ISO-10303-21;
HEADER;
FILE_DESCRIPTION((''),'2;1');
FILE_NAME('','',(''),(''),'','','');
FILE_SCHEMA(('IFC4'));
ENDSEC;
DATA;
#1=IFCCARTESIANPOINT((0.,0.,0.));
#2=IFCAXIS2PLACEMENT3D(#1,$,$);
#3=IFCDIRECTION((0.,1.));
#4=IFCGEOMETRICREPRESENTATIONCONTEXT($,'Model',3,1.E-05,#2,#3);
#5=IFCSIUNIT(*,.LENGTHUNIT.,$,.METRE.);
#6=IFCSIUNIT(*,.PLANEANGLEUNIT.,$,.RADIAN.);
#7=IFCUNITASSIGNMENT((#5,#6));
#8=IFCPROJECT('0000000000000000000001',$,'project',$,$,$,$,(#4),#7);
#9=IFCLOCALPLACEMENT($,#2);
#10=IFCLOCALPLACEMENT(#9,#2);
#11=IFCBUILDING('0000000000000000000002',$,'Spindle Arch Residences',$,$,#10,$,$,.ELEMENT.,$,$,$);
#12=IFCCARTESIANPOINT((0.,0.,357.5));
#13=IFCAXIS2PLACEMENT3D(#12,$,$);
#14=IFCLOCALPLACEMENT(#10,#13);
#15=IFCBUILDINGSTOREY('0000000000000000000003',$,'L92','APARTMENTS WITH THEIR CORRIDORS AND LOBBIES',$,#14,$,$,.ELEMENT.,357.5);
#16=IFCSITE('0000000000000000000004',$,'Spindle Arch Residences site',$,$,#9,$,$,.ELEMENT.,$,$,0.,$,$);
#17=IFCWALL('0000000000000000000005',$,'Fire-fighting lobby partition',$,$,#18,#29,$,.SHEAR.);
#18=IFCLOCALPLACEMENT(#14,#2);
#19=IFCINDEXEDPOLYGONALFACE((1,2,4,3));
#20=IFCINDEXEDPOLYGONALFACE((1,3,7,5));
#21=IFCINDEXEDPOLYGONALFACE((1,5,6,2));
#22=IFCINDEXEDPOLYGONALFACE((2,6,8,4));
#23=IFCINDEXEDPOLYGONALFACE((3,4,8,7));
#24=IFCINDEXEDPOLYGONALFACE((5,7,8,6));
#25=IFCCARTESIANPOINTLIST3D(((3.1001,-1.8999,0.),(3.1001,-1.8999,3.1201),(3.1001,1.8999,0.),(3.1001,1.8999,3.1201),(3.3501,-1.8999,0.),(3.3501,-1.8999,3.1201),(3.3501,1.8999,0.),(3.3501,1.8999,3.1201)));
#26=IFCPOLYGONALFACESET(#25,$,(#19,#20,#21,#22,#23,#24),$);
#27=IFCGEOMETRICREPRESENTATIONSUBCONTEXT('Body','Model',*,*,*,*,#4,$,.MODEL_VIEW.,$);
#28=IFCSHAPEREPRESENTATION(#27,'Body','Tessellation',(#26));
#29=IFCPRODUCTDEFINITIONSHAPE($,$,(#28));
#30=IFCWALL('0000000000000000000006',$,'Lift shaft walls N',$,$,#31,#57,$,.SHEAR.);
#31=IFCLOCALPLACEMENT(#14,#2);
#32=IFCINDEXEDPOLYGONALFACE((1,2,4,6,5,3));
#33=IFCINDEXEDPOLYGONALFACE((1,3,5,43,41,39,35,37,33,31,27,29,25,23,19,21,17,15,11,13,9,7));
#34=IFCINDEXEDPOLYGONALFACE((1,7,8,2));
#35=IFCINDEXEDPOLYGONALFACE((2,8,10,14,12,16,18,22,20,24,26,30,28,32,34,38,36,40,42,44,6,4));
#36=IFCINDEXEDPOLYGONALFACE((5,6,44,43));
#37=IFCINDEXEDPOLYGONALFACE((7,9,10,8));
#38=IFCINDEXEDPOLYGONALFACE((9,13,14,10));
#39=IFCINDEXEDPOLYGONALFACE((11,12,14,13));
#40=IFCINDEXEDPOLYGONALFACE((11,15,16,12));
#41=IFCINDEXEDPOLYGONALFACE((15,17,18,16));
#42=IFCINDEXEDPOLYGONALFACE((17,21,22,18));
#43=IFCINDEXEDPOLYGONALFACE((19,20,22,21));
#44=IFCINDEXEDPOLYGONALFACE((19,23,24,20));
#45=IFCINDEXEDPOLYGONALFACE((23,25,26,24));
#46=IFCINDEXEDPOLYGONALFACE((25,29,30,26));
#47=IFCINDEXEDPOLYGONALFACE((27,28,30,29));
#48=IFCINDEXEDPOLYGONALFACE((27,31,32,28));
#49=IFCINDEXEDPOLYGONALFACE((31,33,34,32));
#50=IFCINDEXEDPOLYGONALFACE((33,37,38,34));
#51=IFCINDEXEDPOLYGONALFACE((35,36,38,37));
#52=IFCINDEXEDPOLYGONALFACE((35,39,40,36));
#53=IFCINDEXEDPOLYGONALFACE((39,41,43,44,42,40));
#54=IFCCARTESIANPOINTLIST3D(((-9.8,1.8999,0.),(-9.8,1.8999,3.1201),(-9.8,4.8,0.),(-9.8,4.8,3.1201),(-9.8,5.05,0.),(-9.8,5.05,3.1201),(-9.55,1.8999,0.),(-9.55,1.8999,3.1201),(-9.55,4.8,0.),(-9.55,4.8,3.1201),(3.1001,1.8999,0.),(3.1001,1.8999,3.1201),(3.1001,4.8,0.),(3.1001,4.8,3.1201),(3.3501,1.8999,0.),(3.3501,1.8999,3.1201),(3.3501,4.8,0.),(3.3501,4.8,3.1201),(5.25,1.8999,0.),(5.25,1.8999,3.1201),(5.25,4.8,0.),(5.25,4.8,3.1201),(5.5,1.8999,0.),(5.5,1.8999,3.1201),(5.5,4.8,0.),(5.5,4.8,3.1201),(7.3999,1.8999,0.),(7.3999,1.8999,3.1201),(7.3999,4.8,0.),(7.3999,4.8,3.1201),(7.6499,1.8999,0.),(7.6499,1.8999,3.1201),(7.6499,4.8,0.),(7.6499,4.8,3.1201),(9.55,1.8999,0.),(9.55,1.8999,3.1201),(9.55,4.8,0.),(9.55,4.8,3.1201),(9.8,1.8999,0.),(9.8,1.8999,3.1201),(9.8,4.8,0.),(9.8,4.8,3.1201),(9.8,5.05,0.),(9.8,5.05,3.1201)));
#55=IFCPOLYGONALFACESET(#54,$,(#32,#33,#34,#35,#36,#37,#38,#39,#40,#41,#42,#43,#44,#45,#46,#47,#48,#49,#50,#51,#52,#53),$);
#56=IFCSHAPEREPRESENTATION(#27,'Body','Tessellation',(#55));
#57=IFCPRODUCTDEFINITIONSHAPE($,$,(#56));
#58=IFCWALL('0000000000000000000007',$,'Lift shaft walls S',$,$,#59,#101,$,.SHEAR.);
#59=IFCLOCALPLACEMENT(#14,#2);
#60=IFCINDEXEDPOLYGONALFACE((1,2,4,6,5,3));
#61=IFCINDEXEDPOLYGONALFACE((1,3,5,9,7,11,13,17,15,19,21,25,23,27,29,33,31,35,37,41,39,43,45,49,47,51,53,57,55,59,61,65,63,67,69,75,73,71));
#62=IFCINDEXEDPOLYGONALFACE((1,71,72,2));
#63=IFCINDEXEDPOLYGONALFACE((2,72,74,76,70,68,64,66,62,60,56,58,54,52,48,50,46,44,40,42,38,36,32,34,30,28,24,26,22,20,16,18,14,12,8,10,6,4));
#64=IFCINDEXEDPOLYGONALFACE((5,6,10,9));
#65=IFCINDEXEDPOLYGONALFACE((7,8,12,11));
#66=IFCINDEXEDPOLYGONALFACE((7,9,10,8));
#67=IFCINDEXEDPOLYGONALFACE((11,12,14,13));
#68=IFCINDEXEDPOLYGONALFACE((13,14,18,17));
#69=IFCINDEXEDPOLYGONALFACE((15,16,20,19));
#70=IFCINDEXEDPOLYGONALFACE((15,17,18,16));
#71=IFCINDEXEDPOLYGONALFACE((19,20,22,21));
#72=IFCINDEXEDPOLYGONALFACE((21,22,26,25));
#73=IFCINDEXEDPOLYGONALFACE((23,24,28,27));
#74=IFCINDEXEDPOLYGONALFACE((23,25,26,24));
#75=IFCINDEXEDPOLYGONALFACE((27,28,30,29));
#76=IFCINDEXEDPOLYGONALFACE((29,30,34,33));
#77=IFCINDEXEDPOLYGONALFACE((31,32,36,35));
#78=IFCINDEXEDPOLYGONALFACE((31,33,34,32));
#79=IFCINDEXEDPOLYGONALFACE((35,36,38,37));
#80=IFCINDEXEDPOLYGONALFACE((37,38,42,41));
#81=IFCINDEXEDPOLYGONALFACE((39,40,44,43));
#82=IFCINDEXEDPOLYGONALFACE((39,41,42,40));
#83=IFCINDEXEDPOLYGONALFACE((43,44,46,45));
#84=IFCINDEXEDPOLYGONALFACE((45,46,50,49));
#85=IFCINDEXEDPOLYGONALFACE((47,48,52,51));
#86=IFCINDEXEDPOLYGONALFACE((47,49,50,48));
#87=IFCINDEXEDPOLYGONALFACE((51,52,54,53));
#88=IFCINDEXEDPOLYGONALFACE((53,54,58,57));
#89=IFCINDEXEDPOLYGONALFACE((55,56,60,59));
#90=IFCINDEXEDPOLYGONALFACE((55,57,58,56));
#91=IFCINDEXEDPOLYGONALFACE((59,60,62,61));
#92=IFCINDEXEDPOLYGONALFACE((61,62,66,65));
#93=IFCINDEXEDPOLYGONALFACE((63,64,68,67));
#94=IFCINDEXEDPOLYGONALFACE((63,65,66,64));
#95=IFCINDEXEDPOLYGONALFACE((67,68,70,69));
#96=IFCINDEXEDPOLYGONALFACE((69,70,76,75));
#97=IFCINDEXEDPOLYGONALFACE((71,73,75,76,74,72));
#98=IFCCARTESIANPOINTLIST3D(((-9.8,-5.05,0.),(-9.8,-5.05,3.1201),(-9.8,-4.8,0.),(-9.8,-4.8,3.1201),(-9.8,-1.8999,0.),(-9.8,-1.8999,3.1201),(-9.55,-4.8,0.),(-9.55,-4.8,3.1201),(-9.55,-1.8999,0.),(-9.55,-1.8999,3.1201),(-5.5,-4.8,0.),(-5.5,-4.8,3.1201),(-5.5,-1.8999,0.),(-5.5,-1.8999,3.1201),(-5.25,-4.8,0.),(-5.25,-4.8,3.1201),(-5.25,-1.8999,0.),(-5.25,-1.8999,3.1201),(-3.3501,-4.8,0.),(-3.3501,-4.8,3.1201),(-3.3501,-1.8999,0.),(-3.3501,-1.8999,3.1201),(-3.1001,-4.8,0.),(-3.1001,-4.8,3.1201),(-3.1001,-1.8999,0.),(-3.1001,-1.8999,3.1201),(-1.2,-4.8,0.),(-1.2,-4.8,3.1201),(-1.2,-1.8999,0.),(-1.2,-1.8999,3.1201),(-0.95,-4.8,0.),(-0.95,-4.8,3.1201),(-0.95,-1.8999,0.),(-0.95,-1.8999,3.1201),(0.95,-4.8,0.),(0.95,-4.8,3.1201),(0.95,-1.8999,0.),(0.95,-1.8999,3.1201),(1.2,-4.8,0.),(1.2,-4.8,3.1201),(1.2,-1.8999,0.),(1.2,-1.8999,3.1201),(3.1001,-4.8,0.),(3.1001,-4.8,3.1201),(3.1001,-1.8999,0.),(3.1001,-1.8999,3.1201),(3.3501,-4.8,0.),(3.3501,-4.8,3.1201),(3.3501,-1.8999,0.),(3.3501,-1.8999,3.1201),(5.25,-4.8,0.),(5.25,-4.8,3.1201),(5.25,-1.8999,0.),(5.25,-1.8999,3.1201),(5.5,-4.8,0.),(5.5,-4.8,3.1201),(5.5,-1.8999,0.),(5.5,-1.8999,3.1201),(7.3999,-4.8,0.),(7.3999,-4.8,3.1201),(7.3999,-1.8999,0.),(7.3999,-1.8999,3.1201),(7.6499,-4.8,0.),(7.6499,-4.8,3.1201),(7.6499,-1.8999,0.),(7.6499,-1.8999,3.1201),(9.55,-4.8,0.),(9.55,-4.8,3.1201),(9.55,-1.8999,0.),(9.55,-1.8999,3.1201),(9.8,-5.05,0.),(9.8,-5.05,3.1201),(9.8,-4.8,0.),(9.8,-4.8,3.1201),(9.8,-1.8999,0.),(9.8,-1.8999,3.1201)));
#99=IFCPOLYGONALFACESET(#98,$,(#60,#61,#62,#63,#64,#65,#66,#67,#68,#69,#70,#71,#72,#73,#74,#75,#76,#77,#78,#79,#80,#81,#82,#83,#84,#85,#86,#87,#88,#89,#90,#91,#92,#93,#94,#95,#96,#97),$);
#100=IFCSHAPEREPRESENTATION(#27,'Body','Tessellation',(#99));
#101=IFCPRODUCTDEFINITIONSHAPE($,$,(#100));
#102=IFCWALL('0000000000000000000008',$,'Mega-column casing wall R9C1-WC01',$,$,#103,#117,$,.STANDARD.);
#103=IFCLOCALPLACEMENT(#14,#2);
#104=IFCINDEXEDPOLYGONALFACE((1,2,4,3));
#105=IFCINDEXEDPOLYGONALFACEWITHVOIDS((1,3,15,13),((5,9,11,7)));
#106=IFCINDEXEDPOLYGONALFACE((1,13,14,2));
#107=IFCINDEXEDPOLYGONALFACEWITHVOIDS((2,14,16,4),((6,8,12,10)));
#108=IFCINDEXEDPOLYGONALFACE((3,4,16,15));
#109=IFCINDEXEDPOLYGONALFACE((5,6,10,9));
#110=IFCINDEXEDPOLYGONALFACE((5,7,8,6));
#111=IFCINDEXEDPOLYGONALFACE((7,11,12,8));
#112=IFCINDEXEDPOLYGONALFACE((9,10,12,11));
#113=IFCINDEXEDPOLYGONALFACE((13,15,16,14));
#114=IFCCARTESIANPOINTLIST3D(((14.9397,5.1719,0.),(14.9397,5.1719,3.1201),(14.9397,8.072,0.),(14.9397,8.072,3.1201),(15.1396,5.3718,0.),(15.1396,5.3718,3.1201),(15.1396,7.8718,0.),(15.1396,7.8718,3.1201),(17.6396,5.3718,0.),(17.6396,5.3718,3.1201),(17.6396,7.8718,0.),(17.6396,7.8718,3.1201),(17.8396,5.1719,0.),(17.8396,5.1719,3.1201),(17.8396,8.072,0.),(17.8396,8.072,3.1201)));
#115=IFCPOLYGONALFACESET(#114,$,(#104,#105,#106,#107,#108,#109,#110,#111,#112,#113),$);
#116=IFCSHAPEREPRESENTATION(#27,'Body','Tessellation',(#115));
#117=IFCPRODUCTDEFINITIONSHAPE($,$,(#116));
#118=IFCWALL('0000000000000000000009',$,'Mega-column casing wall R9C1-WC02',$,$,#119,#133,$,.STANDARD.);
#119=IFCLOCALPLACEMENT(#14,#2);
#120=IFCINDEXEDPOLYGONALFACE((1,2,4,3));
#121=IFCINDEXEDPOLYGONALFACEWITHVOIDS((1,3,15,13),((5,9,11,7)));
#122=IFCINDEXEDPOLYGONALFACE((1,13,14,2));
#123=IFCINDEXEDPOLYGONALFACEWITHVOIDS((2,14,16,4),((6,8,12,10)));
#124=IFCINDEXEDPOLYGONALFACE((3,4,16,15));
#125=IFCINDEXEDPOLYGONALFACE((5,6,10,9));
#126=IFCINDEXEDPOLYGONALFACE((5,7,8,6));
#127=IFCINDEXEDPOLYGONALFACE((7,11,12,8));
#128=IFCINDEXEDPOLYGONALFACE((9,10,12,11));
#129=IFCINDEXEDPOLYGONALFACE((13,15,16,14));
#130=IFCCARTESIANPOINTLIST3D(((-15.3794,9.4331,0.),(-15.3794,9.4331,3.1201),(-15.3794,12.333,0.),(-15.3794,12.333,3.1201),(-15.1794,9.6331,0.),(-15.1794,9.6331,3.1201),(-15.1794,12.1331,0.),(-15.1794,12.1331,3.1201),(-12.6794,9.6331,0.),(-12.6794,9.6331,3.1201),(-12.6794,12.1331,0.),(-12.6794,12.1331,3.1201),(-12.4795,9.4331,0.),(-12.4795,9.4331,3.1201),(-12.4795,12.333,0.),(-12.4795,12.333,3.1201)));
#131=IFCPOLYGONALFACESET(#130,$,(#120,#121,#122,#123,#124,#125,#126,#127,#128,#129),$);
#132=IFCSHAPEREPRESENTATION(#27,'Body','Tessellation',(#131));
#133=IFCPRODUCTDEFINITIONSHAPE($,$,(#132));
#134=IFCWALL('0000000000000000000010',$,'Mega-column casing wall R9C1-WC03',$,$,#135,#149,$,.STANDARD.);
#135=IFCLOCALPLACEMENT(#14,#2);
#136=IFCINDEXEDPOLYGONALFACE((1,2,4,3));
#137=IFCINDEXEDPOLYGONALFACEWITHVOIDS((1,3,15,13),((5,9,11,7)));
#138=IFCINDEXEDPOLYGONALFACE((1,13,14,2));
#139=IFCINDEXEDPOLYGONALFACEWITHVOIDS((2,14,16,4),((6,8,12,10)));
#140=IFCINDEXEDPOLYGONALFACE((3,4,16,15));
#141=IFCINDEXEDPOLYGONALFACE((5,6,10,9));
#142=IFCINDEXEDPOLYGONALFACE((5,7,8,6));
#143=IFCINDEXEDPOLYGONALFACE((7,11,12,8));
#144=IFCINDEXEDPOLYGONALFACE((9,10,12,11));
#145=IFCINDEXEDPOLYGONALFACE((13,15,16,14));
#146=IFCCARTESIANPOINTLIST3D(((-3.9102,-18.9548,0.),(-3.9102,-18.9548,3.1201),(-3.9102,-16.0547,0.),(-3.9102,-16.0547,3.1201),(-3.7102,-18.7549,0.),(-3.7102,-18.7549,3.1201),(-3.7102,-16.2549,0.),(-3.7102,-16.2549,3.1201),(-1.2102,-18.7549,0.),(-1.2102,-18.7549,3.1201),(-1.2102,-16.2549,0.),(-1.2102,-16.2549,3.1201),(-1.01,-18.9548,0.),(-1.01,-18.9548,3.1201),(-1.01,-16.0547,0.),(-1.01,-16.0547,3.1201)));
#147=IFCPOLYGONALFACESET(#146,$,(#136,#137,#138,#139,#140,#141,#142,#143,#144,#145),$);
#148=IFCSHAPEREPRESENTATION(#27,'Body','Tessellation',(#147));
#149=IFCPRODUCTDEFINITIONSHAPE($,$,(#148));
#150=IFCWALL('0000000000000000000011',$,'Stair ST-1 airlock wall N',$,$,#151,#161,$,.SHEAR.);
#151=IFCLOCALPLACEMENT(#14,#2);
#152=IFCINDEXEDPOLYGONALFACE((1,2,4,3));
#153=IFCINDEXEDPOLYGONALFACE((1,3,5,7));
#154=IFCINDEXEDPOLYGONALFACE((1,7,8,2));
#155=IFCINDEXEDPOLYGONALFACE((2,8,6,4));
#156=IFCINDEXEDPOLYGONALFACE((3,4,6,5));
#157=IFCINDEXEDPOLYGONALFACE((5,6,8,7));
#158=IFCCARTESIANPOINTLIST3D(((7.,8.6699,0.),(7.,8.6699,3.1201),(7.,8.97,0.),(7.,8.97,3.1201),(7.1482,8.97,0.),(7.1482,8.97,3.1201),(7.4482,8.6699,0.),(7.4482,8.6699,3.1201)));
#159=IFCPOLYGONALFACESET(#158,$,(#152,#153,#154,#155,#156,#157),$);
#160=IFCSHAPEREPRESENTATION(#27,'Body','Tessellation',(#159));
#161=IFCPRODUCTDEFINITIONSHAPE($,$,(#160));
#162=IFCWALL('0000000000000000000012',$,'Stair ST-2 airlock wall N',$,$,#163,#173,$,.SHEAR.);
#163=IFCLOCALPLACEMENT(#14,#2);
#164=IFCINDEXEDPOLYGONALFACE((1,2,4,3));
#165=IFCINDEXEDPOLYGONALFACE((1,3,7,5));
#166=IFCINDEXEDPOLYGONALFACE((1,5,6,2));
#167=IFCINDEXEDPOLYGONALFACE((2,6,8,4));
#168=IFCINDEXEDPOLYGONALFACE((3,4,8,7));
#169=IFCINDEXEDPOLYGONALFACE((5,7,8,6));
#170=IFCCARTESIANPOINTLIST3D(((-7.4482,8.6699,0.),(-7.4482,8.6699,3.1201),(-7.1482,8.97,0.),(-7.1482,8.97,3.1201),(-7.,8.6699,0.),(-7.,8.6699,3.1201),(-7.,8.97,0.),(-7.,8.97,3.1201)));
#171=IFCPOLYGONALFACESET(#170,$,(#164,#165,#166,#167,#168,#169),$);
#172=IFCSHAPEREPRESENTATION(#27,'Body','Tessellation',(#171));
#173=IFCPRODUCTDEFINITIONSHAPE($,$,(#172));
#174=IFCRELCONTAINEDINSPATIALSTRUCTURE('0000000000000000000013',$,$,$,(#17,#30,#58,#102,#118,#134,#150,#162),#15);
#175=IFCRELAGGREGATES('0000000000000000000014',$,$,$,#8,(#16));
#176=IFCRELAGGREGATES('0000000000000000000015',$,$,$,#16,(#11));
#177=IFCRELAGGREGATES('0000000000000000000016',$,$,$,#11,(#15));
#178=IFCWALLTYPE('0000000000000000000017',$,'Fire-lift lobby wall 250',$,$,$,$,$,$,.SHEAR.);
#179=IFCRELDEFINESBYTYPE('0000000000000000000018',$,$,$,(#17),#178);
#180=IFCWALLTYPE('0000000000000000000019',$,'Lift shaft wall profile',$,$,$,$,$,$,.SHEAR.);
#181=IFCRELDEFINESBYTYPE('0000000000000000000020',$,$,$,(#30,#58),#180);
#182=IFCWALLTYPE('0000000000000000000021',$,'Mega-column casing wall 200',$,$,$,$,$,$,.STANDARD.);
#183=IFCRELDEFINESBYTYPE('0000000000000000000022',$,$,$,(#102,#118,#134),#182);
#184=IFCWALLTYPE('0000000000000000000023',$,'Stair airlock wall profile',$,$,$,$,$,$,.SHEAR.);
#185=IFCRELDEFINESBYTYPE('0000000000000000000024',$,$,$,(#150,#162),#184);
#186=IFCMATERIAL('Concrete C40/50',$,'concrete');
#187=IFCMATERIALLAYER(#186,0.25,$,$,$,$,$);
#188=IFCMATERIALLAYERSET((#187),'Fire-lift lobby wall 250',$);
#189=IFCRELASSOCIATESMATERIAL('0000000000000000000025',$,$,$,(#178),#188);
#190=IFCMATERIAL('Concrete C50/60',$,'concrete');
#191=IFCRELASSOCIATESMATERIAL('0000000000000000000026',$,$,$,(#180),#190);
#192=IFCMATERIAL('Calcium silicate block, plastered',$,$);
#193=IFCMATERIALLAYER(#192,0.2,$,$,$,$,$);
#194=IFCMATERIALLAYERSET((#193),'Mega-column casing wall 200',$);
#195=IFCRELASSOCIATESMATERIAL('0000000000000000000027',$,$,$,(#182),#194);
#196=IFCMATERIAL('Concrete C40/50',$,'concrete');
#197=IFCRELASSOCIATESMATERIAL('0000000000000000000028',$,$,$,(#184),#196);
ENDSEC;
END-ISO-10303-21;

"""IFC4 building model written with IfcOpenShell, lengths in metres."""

from ifc_helpers import new_model, si_unit, direction, frame, frame_2d, origin, place, context, subcontext, project, spatial, polyline, rectangle, outline, extrude, material, layer, layer_set, type_object, element, save


model = new_model("IFC4")

# Units and contexts
model_context = context("Model", 3, precision=1e-05, world=origin(), true_north=direction((0.0, 1.0)))
body_context = subcontext(model_context, "Body", "Model", "MODEL_VIEW")
ifc_project = project(units=[si_unit("LENGTHUNIT", "METRE"), si_unit("PLANEANGLEUNIT", "RADIAN")], contexts=[model_context])

# Site, building, storey
site_placement = place(None, origin())
site = spatial("IfcSite", under=ifc_project, at=site_placement, Name="Spindle Arch Residences site", CompositionType="ELEMENT", RefElevation=0.0)
building_placement = place(site_placement, origin())
building = spatial("IfcBuilding", under=site, at=building_placement, Name="Spindle Arch Residences", CompositionType="ELEMENT")
storey_placement = place(building_placement, frame((0.0, 0.0, 357.5)))
storey = spatial("IfcBuildingStorey", under=building, at=storey_placement, Name="L92", Description="APARTMENTS WITH THEIR CORRIDORS AND LOBBIES", CompositionType="ELEMENT", Elevation=357.5)

# Wall
ifc_material_1 = material(Name="Concrete C40/50", Category="concrete")
ifc_layer_1 = layer(ifc_material_1, 0.25)
ifc_layer_set_1 = layer_set([ifc_layer_1], Name="Fire-lift lobby wall 250")
wall_type_1 = type_object("IfcWallType", Name="Fire-lift lobby wall 250", PredefinedType="SHEAR", material=ifc_layer_set_1)
wall_1_placement = place(storey_placement, frame((3.2251, -1.8999, 0.0), z_axis=(0.0, 0.0, 1.0), x_axis=(0.0, 1.0, 0.0)))
element("IfcWall", 1, at=wall_1_placement, inside=storey, type_object=wall_type_1, Name="Fire-fighting lobby partition", PredefinedType="SHEAR", context=body_context, shape_type="SweptSolid", body=[
    extrude(rectangle(XDim=3.7998, YDim=0.25, at=frame_2d((1.8999, 0.0))), origin(), (0.0, 0.0, 1.0), 3.1201),
])

# Walls
ifc_material_2 = material(Name="Concrete C50/60", Category="concrete")
wall_type_2 = type_object("IfcWallType", Name="Lift shaft wall profile", PredefinedType="SHEAR", material=ifc_material_2)
wall_2_placement = place(storey_placement, origin())
element("IfcWall", 2, at=wall_2_placement, inside=storey, type_object=wall_type_2, Name="Lift shaft walls N", PredefinedType="SHEAR", context=body_context, shape_type="SweptSolid", body=[
    extrude(outline(polyline([(-9.8, 1.8999), (-9.55, 1.8999), (-9.55, 4.8), (3.1001, 4.8), (3.1001, 1.8999), (3.3501, 1.8999), (3.3501, 4.8), (5.25, 4.8), (5.25, 1.8999), (5.5, 1.8999), (5.5, 4.8), (7.3999, 4.8), (7.3999, 1.8999), (7.6499, 1.8999), (7.6499, 4.8), (9.55, 4.8), (9.55, 1.8999), (9.8, 1.8999), (9.8, 4.8), (9.8, 5.05), (-9.8, 5.05), (-9.8, 4.8), (-9.8, 1.8999)])), origin(), (0.0, 0.0, 1.0), 3.1201),
])
wall_3_placement = place(storey_placement, origin())
element("IfcWall", 3, at=wall_3_placement, inside=storey, type_object=wall_type_2, Name="Lift shaft walls S", PredefinedType="SHEAR", context=body_context, shape_type="SweptSolid", body=[
    extrude(outline(polyline([(9.8, -5.05), (9.8, -4.8), (9.8, -1.8999), (9.55, -1.8999), (9.55, -4.8), (7.6499, -4.8), (7.6499, -1.8999), (7.3999, -1.8999), (7.3999, -4.8), (5.5, -4.8), (5.5, -1.8999), (5.25, -1.8999), (5.25, -4.8), (3.3501, -4.8), (3.3501, -1.8999), (3.1001, -1.8999), (3.1001, -4.8), (1.2, -4.8), (1.2, -1.8999), (0.95, -1.8999), (0.95, -4.8), (-0.95, -4.8), (-0.95, -1.8999), (-1.2, -1.8999), (-1.2, -4.8), (-3.1001, -4.8), (-3.1001, -1.8999), (-3.3501, -1.8999), (-3.3501, -4.8), (-5.25, -4.8), (-5.25, -1.8999), (-5.5, -1.8999), (-5.5, -4.8), (-9.55, -4.8), (-9.55, -1.8999), (-9.8, -1.8999), (-9.8, -4.8), (-9.8, -5.05), (9.8, -5.05)])), origin(), (0.0, 0.0, 1.0), 3.1201),
])
ifc_material_3 = material(Name="Calcium silicate block, plastered")
ifc_layer_2 = layer(ifc_material_3, 0.2)
ifc_layer_set_2 = layer_set([ifc_layer_2], Name="Mega-column casing wall 200")
wall_type_3 = type_object("IfcWallType", Name="Mega-column casing wall 200", PredefinedType="STANDARD", material=ifc_layer_set_2)
wall_4_placement = place(storey_placement, origin())
element("IfcWall", 4, at=wall_4_placement, inside=storey, type_object=wall_type_3, Name="Mega-column casing wall R9C1-WC01", PredefinedType="STANDARD", context=body_context, shape_type="SweptSolid", body=[
    extrude(outline(polyline([(17.8396, 8.072), (17.8396, 5.1719), (14.9397, 5.1719), (14.9397, 8.072), (17.8396, 8.072)]), holes=[polyline([(15.1396, 5.3718), (17.6396, 5.3718), (17.6396, 7.8718), (15.1396, 7.8718), (15.1396, 5.3718)])]), origin(), (0.0, 0.0, 1.0), 3.1201),
])
wall_5_placement = place(storey_placement, origin())
element("IfcWall", 5, at=wall_5_placement, inside=storey, type_object=wall_type_3, Name="Mega-column casing wall R9C1-WC02", PredefinedType="STANDARD", context=body_context, shape_type="SweptSolid", body=[
    extrude(outline(polyline([(-12.4795, 12.333), (-12.4795, 9.4331), (-15.3794, 9.4331), (-15.3794, 12.333), (-12.4795, 12.333)]), holes=[polyline([(-15.1794, 9.6331), (-12.6794, 9.6331), (-12.6794, 12.1331), (-15.1794, 12.1331), (-15.1794, 9.6331)])]), origin(), (0.0, 0.0, 1.0), 3.1201),
])
wall_6_placement = place(storey_placement, origin())
element("IfcWall", 6, at=wall_6_placement, inside=storey, type_object=wall_type_3, Name="Mega-column casing wall R9C1-WC03", PredefinedType="STANDARD", context=body_context, shape_type="SweptSolid", body=[
    extrude(outline(polyline([(-1.01, -16.0547), (-1.01, -18.9548), (-3.9102, -18.9548), (-3.9102, -16.0547), (-1.01, -16.0547)]), holes=[polyline([(-3.7102, -18.7549), (-1.2102, -18.7549), (-1.2102, -16.2549), (-3.7102, -16.2549), (-3.7102, -18.7549)])]), origin(), (0.0, 0.0, 1.0), 3.1201),
])
ifc_material_4 = material(Name="Concrete C40/50", Category="concrete")
wall_type_4 = type_object("IfcWallType", Name="Stair airlock wall profile", PredefinedType="SHEAR", material=ifc_material_4)
wall_7_placement = place(storey_placement, origin())
element("IfcWall", 7, at=wall_7_placement, inside=storey, type_object=wall_type_4, Name="Stair ST-1 airlock wall N", PredefinedType="SHEAR", context=body_context, shape_type="SweptSolid", body=[
    extrude(outline(polyline([(7.4482, 8.6699), (7.0, 8.6699), (7.0, 8.97), (7.1482, 8.97), (7.4482, 8.6699)])), origin(), (0.0, 0.0, 1.0), 3.1201),
])
wall_8_placement = place(storey_placement, origin())
element("IfcWall", 8, at=wall_8_placement, inside=storey, type_object=wall_type_4, Name="Stair ST-2 airlock wall N", PredefinedType="SHEAR", context=body_context, shape_type="SweptSolid", body=[
    extrude(outline(polyline([(-7.1482, 8.97), (-7.0, 8.97), (-7.0, 8.6699), (-7.4482, 8.6699), (-7.1482, 8.97)])), origin(), (0.0, 0.0, 1.0), 3.1201),
])

save(model, "model.ifc")
